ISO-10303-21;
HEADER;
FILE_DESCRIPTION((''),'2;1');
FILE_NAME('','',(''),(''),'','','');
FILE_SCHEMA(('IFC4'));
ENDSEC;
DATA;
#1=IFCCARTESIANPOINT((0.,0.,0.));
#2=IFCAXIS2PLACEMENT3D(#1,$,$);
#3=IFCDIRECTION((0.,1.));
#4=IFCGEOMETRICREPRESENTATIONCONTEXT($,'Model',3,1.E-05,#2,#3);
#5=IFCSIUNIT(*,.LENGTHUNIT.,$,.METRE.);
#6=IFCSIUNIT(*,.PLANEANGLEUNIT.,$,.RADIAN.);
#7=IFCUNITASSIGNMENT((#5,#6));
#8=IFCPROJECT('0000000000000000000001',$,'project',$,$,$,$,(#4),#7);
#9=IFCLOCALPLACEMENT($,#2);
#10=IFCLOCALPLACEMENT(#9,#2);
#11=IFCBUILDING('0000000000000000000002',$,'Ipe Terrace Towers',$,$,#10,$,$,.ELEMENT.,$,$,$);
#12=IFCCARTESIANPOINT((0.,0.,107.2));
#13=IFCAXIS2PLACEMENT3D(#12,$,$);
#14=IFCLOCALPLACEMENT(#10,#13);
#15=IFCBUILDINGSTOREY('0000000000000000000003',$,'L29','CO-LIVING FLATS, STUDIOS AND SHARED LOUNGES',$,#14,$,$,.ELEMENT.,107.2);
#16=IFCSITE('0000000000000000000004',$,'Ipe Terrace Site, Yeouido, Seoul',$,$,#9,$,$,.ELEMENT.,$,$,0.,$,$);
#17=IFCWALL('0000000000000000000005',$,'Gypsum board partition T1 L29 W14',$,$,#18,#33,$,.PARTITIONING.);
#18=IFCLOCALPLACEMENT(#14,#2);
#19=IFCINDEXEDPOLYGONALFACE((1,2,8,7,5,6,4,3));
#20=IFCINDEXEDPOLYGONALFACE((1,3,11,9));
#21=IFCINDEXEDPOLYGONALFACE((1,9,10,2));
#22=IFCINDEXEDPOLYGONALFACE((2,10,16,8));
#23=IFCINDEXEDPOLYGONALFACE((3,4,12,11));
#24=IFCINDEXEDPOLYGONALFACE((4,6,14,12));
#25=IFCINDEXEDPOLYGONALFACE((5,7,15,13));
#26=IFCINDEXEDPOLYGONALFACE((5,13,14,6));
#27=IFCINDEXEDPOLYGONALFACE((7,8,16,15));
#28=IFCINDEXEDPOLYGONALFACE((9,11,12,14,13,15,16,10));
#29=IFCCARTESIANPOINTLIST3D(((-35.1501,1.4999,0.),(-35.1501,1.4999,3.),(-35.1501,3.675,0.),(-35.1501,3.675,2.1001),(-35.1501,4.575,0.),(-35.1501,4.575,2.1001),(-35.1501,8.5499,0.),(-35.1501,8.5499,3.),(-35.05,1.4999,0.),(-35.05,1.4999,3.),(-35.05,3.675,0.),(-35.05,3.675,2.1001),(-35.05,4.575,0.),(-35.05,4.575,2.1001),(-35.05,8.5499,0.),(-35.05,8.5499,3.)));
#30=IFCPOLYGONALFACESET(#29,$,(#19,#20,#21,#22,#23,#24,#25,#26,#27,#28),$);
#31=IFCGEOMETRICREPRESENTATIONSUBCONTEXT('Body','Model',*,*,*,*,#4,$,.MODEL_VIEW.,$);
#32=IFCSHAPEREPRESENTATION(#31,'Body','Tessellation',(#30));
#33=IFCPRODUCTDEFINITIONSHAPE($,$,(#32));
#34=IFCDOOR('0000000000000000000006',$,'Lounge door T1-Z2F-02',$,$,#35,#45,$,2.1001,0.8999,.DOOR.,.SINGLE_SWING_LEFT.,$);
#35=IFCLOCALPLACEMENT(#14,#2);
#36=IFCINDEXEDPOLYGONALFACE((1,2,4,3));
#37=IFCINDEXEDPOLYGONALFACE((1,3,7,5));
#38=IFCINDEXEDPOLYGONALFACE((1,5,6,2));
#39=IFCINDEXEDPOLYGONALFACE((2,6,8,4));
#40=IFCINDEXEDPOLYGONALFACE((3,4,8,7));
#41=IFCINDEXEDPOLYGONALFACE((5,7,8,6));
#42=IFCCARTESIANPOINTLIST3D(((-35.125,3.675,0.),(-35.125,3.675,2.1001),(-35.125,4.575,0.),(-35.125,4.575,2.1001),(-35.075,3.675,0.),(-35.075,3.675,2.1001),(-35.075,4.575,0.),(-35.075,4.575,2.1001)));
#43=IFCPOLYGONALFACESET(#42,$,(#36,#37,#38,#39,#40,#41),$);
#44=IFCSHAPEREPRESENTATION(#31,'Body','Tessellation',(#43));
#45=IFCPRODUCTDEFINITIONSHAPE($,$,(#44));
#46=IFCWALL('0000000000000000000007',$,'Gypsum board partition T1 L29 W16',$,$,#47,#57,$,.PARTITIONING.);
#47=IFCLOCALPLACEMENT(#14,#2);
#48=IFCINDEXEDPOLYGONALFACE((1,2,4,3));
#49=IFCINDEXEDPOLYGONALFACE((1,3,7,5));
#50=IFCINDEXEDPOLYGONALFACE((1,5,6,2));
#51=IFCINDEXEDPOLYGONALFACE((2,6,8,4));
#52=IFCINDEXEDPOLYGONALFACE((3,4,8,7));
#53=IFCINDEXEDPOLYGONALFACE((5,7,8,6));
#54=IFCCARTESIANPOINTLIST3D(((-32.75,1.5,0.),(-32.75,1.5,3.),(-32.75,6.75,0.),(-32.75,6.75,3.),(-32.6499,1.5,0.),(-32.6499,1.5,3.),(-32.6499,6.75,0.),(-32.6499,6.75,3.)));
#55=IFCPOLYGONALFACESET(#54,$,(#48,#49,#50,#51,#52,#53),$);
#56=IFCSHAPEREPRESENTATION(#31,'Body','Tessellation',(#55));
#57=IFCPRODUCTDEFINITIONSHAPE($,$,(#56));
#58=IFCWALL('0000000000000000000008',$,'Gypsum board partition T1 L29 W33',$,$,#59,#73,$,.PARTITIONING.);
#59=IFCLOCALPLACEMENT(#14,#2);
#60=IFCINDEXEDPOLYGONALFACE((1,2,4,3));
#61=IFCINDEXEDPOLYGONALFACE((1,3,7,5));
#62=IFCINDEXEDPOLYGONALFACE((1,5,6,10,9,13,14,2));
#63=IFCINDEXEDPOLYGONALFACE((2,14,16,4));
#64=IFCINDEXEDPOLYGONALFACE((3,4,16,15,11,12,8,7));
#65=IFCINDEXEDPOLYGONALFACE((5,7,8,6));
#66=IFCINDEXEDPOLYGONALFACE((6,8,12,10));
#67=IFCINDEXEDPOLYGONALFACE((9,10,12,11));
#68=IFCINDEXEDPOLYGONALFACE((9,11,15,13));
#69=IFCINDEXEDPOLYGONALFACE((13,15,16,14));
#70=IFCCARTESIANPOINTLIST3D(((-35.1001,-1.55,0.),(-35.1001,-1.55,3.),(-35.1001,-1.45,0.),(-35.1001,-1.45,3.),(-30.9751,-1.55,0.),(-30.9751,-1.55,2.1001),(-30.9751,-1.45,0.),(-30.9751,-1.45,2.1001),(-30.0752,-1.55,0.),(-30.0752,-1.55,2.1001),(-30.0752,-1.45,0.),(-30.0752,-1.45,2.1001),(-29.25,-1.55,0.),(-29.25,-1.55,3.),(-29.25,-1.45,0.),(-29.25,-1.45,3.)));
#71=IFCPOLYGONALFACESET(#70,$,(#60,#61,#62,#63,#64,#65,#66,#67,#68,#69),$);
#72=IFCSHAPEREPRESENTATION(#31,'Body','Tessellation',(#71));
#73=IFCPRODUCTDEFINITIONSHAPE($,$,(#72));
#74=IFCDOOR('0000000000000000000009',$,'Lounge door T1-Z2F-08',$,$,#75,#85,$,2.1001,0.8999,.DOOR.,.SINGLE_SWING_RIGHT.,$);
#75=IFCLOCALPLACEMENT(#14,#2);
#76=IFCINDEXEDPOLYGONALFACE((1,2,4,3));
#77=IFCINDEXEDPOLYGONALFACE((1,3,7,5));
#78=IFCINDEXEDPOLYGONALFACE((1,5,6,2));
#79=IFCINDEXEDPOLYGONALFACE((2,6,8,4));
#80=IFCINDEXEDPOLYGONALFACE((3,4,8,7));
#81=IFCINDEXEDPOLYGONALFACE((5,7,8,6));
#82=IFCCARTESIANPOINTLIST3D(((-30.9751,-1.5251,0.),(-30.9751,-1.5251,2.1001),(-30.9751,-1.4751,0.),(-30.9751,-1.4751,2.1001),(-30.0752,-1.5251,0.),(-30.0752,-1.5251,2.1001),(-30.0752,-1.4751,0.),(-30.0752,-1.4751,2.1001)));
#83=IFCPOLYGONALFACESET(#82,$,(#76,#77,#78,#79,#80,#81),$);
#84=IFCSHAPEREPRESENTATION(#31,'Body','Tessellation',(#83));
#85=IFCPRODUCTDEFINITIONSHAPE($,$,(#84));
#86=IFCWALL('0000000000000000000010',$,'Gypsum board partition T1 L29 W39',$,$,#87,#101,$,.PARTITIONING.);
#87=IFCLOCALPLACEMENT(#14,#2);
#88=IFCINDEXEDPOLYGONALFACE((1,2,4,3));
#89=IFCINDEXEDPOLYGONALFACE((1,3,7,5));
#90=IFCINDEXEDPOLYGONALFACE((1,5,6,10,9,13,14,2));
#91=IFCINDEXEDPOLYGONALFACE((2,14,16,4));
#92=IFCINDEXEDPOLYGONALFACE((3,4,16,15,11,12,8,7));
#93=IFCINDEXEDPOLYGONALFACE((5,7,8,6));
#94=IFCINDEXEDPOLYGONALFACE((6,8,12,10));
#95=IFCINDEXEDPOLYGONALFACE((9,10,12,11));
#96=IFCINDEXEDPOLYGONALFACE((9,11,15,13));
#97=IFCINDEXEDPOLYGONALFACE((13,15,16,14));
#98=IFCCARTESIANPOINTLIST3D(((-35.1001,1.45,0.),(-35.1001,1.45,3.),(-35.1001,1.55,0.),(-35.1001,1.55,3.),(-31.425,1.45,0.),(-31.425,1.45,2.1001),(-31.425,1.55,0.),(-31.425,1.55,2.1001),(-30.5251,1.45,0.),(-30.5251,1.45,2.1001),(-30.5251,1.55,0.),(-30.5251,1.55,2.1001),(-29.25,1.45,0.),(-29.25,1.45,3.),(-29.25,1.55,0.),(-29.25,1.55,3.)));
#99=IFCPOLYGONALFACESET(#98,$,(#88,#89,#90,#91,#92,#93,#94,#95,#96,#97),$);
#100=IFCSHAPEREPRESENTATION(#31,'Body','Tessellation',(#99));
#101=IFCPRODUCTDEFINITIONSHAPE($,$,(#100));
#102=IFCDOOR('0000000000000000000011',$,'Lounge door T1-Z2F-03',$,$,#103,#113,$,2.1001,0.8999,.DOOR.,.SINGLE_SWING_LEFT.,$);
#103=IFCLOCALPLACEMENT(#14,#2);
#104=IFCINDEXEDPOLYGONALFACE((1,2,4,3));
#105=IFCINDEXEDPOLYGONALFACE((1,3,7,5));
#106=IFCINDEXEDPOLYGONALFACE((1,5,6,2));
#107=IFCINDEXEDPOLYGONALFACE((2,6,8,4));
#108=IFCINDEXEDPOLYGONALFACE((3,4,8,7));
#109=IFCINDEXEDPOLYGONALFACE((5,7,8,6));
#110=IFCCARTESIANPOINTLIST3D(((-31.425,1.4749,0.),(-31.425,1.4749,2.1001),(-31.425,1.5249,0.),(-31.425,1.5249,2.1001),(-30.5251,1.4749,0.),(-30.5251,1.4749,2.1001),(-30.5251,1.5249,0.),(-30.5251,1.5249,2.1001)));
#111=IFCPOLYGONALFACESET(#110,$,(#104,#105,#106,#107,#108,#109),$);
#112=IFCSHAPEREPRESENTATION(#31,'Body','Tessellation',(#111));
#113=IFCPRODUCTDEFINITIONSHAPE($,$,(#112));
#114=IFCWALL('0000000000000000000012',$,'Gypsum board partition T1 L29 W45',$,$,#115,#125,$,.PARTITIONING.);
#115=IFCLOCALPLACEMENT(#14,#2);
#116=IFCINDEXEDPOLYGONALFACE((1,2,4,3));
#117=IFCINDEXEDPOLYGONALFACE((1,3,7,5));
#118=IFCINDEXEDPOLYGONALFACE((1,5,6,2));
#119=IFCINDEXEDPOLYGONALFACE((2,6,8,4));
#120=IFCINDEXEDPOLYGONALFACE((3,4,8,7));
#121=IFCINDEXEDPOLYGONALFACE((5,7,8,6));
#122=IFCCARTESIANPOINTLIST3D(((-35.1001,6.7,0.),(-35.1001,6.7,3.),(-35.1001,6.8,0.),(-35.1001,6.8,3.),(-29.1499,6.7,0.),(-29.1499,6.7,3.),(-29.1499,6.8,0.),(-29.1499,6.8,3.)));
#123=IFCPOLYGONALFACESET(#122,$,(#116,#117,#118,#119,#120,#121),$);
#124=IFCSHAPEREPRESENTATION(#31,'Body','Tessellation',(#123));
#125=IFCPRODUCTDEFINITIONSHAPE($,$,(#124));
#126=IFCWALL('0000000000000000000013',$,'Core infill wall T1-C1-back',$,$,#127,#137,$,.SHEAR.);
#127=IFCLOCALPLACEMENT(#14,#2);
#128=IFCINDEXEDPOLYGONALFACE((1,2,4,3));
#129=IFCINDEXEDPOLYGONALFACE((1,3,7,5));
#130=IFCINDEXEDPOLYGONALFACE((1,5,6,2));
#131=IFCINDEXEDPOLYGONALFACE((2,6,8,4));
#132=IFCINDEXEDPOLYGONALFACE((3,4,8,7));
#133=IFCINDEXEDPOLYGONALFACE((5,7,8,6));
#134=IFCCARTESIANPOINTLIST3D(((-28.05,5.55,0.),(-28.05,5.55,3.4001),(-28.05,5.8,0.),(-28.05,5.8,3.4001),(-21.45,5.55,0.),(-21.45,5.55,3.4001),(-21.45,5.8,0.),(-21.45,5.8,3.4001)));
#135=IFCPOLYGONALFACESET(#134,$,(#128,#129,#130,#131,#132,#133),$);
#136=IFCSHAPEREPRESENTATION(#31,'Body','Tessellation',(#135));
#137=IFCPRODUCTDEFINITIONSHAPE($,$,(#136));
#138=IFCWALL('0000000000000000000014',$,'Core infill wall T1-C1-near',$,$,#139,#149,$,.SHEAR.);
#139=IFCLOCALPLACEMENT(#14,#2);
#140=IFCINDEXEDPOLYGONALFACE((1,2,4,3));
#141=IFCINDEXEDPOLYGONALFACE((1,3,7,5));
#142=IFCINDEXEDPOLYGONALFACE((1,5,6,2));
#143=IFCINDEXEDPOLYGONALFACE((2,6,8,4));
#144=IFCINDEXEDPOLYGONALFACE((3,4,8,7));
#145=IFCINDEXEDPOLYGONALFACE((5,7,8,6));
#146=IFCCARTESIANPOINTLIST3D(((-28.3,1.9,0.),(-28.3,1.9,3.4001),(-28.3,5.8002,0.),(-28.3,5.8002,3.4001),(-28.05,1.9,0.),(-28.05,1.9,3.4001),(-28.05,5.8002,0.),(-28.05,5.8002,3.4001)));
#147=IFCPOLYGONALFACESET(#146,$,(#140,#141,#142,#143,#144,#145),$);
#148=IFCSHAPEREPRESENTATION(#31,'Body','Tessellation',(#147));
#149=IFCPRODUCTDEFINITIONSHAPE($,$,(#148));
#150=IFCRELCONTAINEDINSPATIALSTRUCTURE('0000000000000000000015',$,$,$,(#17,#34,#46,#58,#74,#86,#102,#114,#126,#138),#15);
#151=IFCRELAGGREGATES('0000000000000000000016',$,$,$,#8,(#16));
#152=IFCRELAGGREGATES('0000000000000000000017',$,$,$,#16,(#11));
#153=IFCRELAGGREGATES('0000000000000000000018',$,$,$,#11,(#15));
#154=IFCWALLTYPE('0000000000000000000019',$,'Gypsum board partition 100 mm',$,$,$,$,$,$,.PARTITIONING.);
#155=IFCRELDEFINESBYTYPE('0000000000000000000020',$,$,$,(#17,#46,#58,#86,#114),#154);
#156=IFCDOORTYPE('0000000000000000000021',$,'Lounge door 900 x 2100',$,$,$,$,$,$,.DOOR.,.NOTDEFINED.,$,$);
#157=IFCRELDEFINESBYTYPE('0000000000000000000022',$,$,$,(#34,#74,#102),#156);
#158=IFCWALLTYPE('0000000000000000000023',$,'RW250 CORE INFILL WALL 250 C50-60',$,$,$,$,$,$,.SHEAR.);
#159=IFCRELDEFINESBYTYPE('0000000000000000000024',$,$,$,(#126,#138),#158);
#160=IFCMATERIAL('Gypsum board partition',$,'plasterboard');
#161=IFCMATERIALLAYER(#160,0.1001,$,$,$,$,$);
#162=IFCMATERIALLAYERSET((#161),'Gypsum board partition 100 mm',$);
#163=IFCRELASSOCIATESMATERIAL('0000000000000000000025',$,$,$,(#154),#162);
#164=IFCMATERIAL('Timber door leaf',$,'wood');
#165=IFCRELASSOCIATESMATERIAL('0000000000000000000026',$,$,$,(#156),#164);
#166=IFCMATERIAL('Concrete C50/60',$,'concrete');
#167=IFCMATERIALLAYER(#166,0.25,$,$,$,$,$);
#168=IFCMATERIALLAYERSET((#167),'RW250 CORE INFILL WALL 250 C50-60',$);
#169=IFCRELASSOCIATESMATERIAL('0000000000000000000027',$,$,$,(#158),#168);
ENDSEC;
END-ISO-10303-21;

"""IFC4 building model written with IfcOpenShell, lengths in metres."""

from ifc_helpers import new_model, si_unit, direction, frame, frame_2d, origin, place, context, subcontext, project, spatial, rectangle, extrude, material, layer, layer_set, type_object, element, fill, save


model = new_model("IFC4")

# Units and contexts
model_context = context("Model", 3, precision=1e-05, world=origin(), true_north=direction((0.0, 1.0)))
body_context = subcontext(model_context, "Body", "Model", "MODEL_VIEW")
ifc_project = project(units=[si_unit("LENGTHUNIT", "METRE"), si_unit("PLANEANGLEUNIT", "RADIAN")], contexts=[model_context])

# Site, building, storey
site_placement = place(None, origin())
site = spatial("IfcSite", under=ifc_project, at=site_placement, Name="Ipe Terrace Site, Yeouido, Seoul", CompositionType="ELEMENT", RefElevation=0.0)
building_placement = place(site_placement, origin())
building = spatial("IfcBuilding", under=site, at=building_placement, Name="Ipe Terrace Towers", CompositionType="ELEMENT")
storey_placement = place(building_placement, frame((0.0, 0.0, 107.2)))
storey = spatial("IfcBuildingStorey", under=building, at=storey_placement, Name="L29", Description="CO-LIVING FLATS, STUDIOS AND SHARED LOUNGES", CompositionType="ELEMENT", Elevation=107.2)

# Wall, opening, door
ifc_material_1 = material(Name="Gypsum board partition", Category="plasterboard")
ifc_layer_1 = layer(ifc_material_1, 0.1001)
ifc_layer_set_1 = layer_set([ifc_layer_1], Name="Gypsum board partition 100 mm")
wall_type_1 = type_object("IfcWallType", Name="Gypsum board partition 100 mm", PredefinedType="PARTITIONING", material=ifc_layer_set_1)
ifc_material_2 = material(Name="Timber door leaf", Category="wood")
door_type_1 = type_object("IfcDoorType", Name="Lounge door 900 x 2100", OperationType="NOTDEFINED", PredefinedType="DOOR", material=ifc_material_2)
wall_1_placement = place(storey_placement, frame((-35.1001, 1.5, 0.0), z_axis=(0.0, 0.0, 1.0), x_axis=(0.0, 1.0, 0.0)))
wall_1 = element("IfcWall", 1, at=wall_1_placement, inside=storey, type_object=wall_type_1, Name="Gypsum board partition T1 L29 W14", PredefinedType="PARTITIONING", context=body_context, shape_type="SweptSolid", body=[
    extrude(rectangle(XDim=7.05, YDim=0.1001, at=frame_2d((3.5249, 0.0))), origin(), (0.0, 0.0, 1.0), 3.0),
])
opening_1_placement = place(wall_1_placement, frame((2.175, 0.0, 0.0)))
opening_1 = element("IfcOpeningElement", 2, at=opening_1_placement, cuts=wall_1, PredefinedType="OPENING", context=body_context, shape_type="SweptSolid", body=[
    extrude(rectangle(XDim=0.8999, YDim=2.1001, at=frame_2d((0.45, 1.05))), frame((0.0, 0.0601, 0.0), z_axis=(0.0, -1.0, 0.0), x_axis=(1.0, 0.0, 0.0)), (0.0, 0.0, 1.0), 0.1201),
])
door_1_placement = place(opening_1_placement, origin())
door_1 = element("IfcDoor", 3, at=door_1_placement, inside=storey, type_object=door_type_1, Name="Lounge door T1-Z2F-02", OperationType="SINGLE_SWING_LEFT", OverallHeight=2.1001, OverallWidth=0.8999, PredefinedType="DOOR", context=body_context, shape_type="SweptSolid", body=[
    extrude(rectangle(XDim=0.8999, YDim=2.1001, at=frame_2d((0.45, 1.05))), frame((0.0, 0.0249, 0.0), z_axis=(0.0, -1.0, 0.0), x_axis=(1.0, 0.0, 0.0)), (0.0, 0.0, 1.0), 0.05),
])
fill(opening_1, door_1)

# Wall
wall_2_placement = place(storey_placement, frame((-32.7, 1.5, 0.0), z_axis=(0.0, 0.0, 1.0), x_axis=(0.0, 1.0, 0.0)))
element("IfcWall", 4, at=wall_2_placement, inside=storey, type_object=wall_type_1, Name="Gypsum board partition T1 L29 W16", PredefinedType="PARTITIONING", context=body_context, shape_type="SweptSolid", body=[
    extrude(rectangle(XDim=5.25, YDim=0.1001, at=frame_2d((2.625, 0.0))), origin(), (0.0, 0.0, 1.0), 3.0),
])

# Walls, openings, doors
wall_3_placement = place(storey_placement, frame((-35.1001, -1.5, 0.0), z_axis=(0.0, 0.0, 1.0), x_axis=(1.0, 0.0, 0.0)))
wall_3 = element("IfcWall", 5, at=wall_3_placement, inside=storey, type_object=wall_type_1, Name="Gypsum board partition T1 L29 W33", PredefinedType="PARTITIONING", context=body_context, shape_type="SweptSolid", body=[
    extrude(rectangle(XDim=5.8501, YDim=0.1001, at=frame_2d((2.925, 0.0))), origin(), (0.0, 0.0, 1.0), 3.0),
])
opening_2_placement = place(wall_3_placement, frame((4.125, 0.0, 0.0)))
opening_2 = element("IfcOpeningElement", 6, at=opening_2_placement, cuts=wall_3, PredefinedType="OPENING", context=body_context, shape_type="SweptSolid", body=[
    extrude(rectangle(XDim=0.8999, YDim=2.1001, at=frame_2d((0.45, 1.05))), frame((0.0, 0.0601, 0.0), z_axis=(0.0, -1.0, 0.0), x_axis=(1.0, 0.0, 0.0)), (0.0, 0.0, 1.0), 0.1201),
])
door_2_placement = place(opening_2_placement, origin())
door_2 = element("IfcDoor", 7, at=door_2_placement, inside=storey, type_object=door_type_1, Name="Lounge door T1-Z2F-08", OperationType="SINGLE_SWING_RIGHT", OverallHeight=2.1001, OverallWidth=0.8999, PredefinedType="DOOR", context=body_context, shape_type="SweptSolid", body=[
    extrude(rectangle(XDim=0.8999, YDim=2.1001, at=frame_2d((0.45, 1.05))), frame((0.0, 0.0249, 0.0), z_axis=(0.0, -1.0, 0.0), x_axis=(1.0, 0.0, 0.0)), (0.0, 0.0, 1.0), 0.05),
])
fill(opening_2, door_2)
wall_4_placement = place(storey_placement, frame((-35.1001, 1.5, 0.0), z_axis=(0.0, 0.0, 1.0), x_axis=(1.0, 0.0, 0.0)))
wall_4 = element("IfcWall", 8, at=wall_4_placement, inside=storey, type_object=wall_type_1, Name="Gypsum board partition T1 L29 W39", PredefinedType="PARTITIONING", context=body_context, shape_type="SweptSolid", body=[
    extrude(rectangle(XDim=5.8501, YDim=0.1001, at=frame_2d((2.925, 0.0))), origin(), (0.0, 0.0, 1.0), 3.0),
])
opening_3_placement = place(wall_4_placement, frame((3.675, 0.0, 0.0)))
opening_3 = element("IfcOpeningElement", 9, at=opening_3_placement, cuts=wall_4, PredefinedType="OPENING", context=body_context, shape_type="SweptSolid", body=[
    extrude(rectangle(XDim=0.8999, YDim=2.1001, at=frame_2d((0.45, 1.05))), frame((0.0, 0.0601, 0.0), z_axis=(0.0, -1.0, 0.0), x_axis=(1.0, 0.0, 0.0)), (0.0, 0.0, 1.0), 0.1201),
])
door_3_placement = place(opening_3_placement, origin())
door_3 = element("IfcDoor", 10, at=door_3_placement, inside=storey, type_object=door_type_1, Name="Lounge door T1-Z2F-03", OperationType="SINGLE_SWING_LEFT", OverallHeight=2.1001, OverallWidth=0.8999, PredefinedType="DOOR", context=body_context, shape_type="SweptSolid", body=[
    extrude(rectangle(XDim=0.8999, YDim=2.1001, at=frame_2d((0.45, 1.05))), frame((0.0, 0.0249, 0.0), z_axis=(0.0, -1.0, 0.0), x_axis=(1.0, 0.0, 0.0)), (0.0, 0.0, 1.0), 0.05),
])
fill(opening_3, door_3)

# Walls
wall_5_placement = place(storey_placement, frame((-35.1001, 6.75, 0.0), z_axis=(0.0, 0.0, 1.0), x_axis=(1.0, 0.0, 0.0)))
element("IfcWall", 11, at=wall_5_placement, inside=storey, type_object=wall_type_1, Name="Gypsum board partition T1 L29 W45", PredefinedType="PARTITIONING", context=body_context, shape_type="SweptSolid", body=[
    extrude(rectangle(XDim=5.9502, YDim=0.1001, at=frame_2d((2.9751, 0.0))), origin(), (0.0, 0.0, 1.0), 3.0),
])
ifc_material_3 = material(Name="Concrete C50/60", Category="concrete")
ifc_layer_2 = layer(ifc_material_3, 0.25)
ifc_layer_set_2 = layer_set([ifc_layer_2], Name="RW250 CORE INFILL WALL 250 C50-60")
wall_type_2 = type_object("IfcWallType", Name="RW250 CORE INFILL WALL 250 C50-60", PredefinedType="SHEAR", material=ifc_layer_set_2)
wall_6_placement = place(storey_placement, frame((-28.05, 5.675, 0.0), z_axis=(0.0, 0.0, 1.0), x_axis=(1.0, 0.0, 0.0)))
element("IfcWall", 12, at=wall_6_placement, inside=storey, type_object=wall_type_2, Name="Core infill wall T1-C1-back", PredefinedType="SHEAR", context=body_context, shape_type="SweptSolid", body=[
    extrude(rectangle(XDim=6.6001, YDim=0.25, at=frame_2d((3.3, 0.0))), origin(), (0.0, 0.0, 1.0), 3.4001),
])
wall_7_placement = place(storey_placement, frame((-28.175, 1.8999, 0.0), z_axis=(0.0, 0.0, 1.0), x_axis=(0.0, 1.0, 0.0)))
element("IfcWall", 13, at=wall_7_placement, inside=storey, type_object=wall_type_2, Name="Core infill wall T1-C1-near", PredefinedType="SHEAR", context=body_context, shape_type="SweptSolid", body=[
    extrude(rectangle(XDim=3.9001, YDim=0.25, at=frame_2d((1.9502, 0.0))), origin(), (0.0, 0.0, 1.0), 3.4001),
])

save(model, "model.ifc")
